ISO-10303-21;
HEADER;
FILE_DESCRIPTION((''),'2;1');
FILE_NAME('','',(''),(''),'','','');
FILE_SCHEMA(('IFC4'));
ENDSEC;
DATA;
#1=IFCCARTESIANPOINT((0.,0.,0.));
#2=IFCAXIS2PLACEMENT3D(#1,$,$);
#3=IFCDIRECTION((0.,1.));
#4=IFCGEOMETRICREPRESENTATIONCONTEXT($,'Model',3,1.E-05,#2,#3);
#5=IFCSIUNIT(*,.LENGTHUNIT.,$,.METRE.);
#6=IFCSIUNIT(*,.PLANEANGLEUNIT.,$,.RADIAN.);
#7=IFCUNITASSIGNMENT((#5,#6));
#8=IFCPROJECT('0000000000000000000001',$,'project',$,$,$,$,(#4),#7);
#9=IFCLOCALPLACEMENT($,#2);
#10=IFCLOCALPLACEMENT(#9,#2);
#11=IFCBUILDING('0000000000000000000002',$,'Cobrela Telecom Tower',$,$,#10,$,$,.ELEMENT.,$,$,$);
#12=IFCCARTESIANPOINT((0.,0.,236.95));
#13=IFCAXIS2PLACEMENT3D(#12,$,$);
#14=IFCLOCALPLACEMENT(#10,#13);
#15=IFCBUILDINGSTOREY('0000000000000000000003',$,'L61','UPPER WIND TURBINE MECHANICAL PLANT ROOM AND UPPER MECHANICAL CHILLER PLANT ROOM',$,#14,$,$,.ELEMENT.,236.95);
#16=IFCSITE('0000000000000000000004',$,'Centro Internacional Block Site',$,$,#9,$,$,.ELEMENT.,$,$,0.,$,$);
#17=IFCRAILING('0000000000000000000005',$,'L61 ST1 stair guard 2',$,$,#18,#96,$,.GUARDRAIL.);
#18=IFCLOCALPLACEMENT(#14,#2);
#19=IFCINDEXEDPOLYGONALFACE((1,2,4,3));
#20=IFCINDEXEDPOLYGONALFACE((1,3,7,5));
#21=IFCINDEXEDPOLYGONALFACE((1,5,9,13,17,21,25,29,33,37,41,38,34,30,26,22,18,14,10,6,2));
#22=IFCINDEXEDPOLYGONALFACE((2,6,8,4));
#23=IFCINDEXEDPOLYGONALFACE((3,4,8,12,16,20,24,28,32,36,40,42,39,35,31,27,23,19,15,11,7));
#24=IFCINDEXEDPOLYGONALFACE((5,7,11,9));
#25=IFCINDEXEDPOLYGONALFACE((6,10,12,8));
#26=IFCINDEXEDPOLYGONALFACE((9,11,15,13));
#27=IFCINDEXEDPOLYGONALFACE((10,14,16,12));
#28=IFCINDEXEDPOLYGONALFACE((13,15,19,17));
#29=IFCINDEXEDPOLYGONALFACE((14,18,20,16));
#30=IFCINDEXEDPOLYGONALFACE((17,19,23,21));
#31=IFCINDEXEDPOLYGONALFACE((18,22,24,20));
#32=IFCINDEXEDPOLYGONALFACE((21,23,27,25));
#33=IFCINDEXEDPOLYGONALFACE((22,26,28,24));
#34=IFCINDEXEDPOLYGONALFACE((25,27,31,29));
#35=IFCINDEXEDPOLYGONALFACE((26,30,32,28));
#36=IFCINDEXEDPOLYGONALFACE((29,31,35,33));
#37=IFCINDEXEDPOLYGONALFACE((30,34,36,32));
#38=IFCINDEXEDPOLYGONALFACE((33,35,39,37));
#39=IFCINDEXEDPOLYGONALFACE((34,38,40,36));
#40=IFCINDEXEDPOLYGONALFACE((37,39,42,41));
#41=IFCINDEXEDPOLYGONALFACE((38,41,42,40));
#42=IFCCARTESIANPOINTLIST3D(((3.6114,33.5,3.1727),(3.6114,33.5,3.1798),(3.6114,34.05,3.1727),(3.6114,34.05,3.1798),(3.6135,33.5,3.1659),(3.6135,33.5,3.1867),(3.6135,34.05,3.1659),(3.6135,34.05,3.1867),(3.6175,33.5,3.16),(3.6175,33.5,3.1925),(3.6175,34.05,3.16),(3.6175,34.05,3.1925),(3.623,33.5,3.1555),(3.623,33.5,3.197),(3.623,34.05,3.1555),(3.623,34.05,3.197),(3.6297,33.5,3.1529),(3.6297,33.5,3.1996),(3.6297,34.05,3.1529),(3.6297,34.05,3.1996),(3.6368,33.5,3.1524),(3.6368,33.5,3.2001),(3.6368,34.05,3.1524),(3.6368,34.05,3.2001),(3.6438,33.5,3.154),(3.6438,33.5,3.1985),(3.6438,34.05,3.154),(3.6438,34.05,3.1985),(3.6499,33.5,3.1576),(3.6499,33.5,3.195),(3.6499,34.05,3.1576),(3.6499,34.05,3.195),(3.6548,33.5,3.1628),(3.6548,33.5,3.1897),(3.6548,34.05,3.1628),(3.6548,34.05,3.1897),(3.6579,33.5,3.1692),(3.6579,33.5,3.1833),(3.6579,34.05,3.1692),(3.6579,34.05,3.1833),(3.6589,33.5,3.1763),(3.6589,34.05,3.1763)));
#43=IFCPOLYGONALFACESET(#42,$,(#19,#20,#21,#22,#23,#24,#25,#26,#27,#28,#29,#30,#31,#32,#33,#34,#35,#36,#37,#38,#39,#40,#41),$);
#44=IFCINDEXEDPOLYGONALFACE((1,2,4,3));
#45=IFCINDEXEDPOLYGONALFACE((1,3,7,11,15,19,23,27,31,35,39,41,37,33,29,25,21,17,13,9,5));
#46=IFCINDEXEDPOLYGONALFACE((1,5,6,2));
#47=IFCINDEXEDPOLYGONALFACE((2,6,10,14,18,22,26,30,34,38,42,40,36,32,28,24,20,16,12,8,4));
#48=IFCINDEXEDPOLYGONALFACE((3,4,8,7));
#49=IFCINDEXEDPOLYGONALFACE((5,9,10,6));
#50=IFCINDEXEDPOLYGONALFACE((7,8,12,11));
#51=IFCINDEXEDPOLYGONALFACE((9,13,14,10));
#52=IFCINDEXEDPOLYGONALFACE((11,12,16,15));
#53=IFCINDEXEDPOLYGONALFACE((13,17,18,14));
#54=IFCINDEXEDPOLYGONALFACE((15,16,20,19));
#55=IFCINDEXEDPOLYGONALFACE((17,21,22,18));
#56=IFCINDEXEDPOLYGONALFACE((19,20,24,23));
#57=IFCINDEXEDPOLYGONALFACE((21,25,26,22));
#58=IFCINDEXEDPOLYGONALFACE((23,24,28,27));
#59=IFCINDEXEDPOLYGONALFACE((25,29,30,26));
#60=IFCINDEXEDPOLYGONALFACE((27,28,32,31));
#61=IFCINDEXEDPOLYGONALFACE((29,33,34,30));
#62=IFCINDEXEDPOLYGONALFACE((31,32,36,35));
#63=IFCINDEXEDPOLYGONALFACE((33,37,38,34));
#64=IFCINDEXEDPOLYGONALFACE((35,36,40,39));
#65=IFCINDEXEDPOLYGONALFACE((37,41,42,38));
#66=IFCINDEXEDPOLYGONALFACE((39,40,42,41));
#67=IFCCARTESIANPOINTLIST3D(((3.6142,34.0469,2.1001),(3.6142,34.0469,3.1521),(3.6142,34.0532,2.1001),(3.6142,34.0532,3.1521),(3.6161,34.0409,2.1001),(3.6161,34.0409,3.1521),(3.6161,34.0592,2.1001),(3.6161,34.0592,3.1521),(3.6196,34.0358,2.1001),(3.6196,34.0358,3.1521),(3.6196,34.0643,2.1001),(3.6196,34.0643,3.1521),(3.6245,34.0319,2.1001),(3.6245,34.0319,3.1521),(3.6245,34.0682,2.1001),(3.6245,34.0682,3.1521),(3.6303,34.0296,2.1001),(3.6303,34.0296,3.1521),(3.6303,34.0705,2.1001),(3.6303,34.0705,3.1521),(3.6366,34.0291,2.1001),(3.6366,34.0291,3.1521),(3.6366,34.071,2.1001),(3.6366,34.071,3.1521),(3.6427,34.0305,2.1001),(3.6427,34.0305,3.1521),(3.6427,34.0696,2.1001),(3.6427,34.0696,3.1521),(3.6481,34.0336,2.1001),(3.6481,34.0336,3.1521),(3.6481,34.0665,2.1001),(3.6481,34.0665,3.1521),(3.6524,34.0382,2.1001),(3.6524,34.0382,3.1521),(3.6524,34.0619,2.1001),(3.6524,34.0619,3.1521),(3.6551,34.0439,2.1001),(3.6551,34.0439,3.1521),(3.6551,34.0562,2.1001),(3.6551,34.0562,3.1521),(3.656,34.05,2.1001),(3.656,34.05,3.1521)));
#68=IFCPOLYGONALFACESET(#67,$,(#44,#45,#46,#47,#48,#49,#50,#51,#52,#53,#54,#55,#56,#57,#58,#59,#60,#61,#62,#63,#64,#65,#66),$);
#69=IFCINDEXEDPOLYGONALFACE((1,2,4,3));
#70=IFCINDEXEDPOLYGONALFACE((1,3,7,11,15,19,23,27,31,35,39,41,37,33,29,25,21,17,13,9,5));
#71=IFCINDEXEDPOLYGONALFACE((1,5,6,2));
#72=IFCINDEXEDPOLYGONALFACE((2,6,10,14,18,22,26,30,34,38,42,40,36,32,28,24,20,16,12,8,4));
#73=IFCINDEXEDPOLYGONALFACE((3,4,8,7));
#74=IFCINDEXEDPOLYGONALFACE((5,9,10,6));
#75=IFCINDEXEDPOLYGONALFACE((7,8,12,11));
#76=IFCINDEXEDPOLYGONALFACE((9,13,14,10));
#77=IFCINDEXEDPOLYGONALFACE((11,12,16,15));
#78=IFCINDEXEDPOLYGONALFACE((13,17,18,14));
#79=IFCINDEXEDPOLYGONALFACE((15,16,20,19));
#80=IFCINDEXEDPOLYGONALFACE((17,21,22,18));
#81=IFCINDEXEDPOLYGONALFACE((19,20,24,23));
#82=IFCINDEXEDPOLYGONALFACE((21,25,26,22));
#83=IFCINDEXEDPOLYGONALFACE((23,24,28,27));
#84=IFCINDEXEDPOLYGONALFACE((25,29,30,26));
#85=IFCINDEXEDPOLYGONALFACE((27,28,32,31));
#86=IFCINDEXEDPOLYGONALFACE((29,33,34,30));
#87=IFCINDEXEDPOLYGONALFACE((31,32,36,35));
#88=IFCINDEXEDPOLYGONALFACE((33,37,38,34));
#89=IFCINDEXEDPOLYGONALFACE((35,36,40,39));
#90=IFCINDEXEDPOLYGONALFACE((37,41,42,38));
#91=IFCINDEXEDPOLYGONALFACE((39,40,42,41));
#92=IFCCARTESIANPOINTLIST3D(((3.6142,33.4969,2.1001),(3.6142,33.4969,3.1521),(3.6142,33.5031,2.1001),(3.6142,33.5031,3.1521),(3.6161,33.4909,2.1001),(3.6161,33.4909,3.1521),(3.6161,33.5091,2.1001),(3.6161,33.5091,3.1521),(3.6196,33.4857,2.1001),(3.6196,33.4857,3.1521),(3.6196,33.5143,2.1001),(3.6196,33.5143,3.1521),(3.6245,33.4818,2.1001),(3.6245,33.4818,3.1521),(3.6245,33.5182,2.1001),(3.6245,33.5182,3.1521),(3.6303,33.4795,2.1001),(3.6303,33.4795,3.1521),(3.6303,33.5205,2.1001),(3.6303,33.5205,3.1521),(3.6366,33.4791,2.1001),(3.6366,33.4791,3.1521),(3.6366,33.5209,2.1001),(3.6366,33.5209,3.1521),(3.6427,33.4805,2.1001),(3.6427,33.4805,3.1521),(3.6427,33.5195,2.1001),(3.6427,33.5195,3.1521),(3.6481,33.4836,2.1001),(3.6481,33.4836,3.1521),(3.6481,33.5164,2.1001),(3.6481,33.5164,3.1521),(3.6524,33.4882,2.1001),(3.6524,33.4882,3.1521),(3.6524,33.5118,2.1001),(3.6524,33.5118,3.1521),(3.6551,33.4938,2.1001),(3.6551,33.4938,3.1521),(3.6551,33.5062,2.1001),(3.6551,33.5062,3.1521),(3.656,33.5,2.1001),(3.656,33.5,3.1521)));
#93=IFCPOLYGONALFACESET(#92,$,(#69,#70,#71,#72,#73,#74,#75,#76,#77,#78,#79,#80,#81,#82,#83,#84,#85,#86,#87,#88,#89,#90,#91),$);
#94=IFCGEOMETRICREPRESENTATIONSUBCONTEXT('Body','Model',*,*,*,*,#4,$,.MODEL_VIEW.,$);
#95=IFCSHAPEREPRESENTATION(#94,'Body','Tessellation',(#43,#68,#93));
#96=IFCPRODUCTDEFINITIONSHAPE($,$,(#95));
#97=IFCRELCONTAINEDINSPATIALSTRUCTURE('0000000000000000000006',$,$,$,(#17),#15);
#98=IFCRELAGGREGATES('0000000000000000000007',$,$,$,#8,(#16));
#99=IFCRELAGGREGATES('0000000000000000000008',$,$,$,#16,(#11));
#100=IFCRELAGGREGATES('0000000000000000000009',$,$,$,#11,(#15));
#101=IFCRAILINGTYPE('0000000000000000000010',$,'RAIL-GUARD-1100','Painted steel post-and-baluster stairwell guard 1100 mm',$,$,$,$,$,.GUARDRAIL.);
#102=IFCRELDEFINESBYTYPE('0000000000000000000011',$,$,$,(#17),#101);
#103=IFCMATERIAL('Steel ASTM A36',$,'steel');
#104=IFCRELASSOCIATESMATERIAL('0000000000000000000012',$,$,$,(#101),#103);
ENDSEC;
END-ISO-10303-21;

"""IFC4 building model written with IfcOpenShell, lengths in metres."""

from ifc_helpers import new_model, si_unit, direction, frame, origin, origin_2d, place, context, subcontext, project, spatial, circle, extrude, material, type_object, element, save


model = new_model("IFC4")

# Units and contexts
model_context = context("Model", 3, precision=1e-05, world=origin(), true_north=direction((0.0, 1.0)))
body_context = subcontext(model_context, "Body", "Model", "MODEL_VIEW")
ifc_project = project(units=[si_unit("LENGTHUNIT", "METRE"), si_unit("PLANEANGLEUNIT", "RADIAN")], contexts=[model_context])

# Site, building, storey
site_placement = place(None, origin())
site = spatial("IfcSite", under=ifc_project, at=site_placement, Name="Centro Internacional Block Site", CompositionType="ELEMENT", RefElevation=0.0)
building_placement = place(site_placement, origin())
building = spatial("IfcBuilding", under=site, at=building_placement, Name="Cobrela Telecom Tower", CompositionType="ELEMENT")
storey_placement = place(building_placement, frame((0.0, 0.0, 236.95)))
storey = spatial("IfcBuildingStorey", under=building, at=storey_placement, Name="L61", Description="UPPER WIND TURBINE MECHANICAL PLANT ROOM AND UPPER MECHANICAL CHILLER PLANT ROOM", CompositionType="ELEMENT", Elevation=236.95)

# Shared definitions
ifc_material_1 = material(Name="Steel ASTM A36", Category="steel")

# Railing
railing_type_1 = type_object("IfcRailingType", Name="RAIL-GUARD-1100", Description="Painted steel post-and-baluster stairwell guard 1100 mm", PredefinedType="GUARDRAIL", material=ifc_material_1)
railing_1_placement = place(storey_placement, frame((3.635, 34.05, 2.1001)))
element("IfcRailing", 1, at=railing_1_placement, inside=storey, type_object=railing_type_1, Name="L61 ST1 stair guard 2", PredefinedType="GUARDRAIL", context=body_context, shape_type="SweptSolid", body=[
    extrude(circle(Radius=0.0239, at=origin_2d()), frame((0.0, 0.0, 1.0762), z_axis=(0.0, -1.0, 0.0), x_axis=(1.0, 0.0, 0.0)), (0.0, 0.0, 1.0), 0.55),
    extrude(circle(Radius=0.021, at=origin_2d()), origin(), (0.0, 0.0, 1.0), 1.052),
    extrude(circle(Radius=0.021, at=origin_2d()), frame((0.0, -0.55, 0.0)), (0.0, 0.0, 1.0), 1.052),
])

save(model, "model.ifc")
